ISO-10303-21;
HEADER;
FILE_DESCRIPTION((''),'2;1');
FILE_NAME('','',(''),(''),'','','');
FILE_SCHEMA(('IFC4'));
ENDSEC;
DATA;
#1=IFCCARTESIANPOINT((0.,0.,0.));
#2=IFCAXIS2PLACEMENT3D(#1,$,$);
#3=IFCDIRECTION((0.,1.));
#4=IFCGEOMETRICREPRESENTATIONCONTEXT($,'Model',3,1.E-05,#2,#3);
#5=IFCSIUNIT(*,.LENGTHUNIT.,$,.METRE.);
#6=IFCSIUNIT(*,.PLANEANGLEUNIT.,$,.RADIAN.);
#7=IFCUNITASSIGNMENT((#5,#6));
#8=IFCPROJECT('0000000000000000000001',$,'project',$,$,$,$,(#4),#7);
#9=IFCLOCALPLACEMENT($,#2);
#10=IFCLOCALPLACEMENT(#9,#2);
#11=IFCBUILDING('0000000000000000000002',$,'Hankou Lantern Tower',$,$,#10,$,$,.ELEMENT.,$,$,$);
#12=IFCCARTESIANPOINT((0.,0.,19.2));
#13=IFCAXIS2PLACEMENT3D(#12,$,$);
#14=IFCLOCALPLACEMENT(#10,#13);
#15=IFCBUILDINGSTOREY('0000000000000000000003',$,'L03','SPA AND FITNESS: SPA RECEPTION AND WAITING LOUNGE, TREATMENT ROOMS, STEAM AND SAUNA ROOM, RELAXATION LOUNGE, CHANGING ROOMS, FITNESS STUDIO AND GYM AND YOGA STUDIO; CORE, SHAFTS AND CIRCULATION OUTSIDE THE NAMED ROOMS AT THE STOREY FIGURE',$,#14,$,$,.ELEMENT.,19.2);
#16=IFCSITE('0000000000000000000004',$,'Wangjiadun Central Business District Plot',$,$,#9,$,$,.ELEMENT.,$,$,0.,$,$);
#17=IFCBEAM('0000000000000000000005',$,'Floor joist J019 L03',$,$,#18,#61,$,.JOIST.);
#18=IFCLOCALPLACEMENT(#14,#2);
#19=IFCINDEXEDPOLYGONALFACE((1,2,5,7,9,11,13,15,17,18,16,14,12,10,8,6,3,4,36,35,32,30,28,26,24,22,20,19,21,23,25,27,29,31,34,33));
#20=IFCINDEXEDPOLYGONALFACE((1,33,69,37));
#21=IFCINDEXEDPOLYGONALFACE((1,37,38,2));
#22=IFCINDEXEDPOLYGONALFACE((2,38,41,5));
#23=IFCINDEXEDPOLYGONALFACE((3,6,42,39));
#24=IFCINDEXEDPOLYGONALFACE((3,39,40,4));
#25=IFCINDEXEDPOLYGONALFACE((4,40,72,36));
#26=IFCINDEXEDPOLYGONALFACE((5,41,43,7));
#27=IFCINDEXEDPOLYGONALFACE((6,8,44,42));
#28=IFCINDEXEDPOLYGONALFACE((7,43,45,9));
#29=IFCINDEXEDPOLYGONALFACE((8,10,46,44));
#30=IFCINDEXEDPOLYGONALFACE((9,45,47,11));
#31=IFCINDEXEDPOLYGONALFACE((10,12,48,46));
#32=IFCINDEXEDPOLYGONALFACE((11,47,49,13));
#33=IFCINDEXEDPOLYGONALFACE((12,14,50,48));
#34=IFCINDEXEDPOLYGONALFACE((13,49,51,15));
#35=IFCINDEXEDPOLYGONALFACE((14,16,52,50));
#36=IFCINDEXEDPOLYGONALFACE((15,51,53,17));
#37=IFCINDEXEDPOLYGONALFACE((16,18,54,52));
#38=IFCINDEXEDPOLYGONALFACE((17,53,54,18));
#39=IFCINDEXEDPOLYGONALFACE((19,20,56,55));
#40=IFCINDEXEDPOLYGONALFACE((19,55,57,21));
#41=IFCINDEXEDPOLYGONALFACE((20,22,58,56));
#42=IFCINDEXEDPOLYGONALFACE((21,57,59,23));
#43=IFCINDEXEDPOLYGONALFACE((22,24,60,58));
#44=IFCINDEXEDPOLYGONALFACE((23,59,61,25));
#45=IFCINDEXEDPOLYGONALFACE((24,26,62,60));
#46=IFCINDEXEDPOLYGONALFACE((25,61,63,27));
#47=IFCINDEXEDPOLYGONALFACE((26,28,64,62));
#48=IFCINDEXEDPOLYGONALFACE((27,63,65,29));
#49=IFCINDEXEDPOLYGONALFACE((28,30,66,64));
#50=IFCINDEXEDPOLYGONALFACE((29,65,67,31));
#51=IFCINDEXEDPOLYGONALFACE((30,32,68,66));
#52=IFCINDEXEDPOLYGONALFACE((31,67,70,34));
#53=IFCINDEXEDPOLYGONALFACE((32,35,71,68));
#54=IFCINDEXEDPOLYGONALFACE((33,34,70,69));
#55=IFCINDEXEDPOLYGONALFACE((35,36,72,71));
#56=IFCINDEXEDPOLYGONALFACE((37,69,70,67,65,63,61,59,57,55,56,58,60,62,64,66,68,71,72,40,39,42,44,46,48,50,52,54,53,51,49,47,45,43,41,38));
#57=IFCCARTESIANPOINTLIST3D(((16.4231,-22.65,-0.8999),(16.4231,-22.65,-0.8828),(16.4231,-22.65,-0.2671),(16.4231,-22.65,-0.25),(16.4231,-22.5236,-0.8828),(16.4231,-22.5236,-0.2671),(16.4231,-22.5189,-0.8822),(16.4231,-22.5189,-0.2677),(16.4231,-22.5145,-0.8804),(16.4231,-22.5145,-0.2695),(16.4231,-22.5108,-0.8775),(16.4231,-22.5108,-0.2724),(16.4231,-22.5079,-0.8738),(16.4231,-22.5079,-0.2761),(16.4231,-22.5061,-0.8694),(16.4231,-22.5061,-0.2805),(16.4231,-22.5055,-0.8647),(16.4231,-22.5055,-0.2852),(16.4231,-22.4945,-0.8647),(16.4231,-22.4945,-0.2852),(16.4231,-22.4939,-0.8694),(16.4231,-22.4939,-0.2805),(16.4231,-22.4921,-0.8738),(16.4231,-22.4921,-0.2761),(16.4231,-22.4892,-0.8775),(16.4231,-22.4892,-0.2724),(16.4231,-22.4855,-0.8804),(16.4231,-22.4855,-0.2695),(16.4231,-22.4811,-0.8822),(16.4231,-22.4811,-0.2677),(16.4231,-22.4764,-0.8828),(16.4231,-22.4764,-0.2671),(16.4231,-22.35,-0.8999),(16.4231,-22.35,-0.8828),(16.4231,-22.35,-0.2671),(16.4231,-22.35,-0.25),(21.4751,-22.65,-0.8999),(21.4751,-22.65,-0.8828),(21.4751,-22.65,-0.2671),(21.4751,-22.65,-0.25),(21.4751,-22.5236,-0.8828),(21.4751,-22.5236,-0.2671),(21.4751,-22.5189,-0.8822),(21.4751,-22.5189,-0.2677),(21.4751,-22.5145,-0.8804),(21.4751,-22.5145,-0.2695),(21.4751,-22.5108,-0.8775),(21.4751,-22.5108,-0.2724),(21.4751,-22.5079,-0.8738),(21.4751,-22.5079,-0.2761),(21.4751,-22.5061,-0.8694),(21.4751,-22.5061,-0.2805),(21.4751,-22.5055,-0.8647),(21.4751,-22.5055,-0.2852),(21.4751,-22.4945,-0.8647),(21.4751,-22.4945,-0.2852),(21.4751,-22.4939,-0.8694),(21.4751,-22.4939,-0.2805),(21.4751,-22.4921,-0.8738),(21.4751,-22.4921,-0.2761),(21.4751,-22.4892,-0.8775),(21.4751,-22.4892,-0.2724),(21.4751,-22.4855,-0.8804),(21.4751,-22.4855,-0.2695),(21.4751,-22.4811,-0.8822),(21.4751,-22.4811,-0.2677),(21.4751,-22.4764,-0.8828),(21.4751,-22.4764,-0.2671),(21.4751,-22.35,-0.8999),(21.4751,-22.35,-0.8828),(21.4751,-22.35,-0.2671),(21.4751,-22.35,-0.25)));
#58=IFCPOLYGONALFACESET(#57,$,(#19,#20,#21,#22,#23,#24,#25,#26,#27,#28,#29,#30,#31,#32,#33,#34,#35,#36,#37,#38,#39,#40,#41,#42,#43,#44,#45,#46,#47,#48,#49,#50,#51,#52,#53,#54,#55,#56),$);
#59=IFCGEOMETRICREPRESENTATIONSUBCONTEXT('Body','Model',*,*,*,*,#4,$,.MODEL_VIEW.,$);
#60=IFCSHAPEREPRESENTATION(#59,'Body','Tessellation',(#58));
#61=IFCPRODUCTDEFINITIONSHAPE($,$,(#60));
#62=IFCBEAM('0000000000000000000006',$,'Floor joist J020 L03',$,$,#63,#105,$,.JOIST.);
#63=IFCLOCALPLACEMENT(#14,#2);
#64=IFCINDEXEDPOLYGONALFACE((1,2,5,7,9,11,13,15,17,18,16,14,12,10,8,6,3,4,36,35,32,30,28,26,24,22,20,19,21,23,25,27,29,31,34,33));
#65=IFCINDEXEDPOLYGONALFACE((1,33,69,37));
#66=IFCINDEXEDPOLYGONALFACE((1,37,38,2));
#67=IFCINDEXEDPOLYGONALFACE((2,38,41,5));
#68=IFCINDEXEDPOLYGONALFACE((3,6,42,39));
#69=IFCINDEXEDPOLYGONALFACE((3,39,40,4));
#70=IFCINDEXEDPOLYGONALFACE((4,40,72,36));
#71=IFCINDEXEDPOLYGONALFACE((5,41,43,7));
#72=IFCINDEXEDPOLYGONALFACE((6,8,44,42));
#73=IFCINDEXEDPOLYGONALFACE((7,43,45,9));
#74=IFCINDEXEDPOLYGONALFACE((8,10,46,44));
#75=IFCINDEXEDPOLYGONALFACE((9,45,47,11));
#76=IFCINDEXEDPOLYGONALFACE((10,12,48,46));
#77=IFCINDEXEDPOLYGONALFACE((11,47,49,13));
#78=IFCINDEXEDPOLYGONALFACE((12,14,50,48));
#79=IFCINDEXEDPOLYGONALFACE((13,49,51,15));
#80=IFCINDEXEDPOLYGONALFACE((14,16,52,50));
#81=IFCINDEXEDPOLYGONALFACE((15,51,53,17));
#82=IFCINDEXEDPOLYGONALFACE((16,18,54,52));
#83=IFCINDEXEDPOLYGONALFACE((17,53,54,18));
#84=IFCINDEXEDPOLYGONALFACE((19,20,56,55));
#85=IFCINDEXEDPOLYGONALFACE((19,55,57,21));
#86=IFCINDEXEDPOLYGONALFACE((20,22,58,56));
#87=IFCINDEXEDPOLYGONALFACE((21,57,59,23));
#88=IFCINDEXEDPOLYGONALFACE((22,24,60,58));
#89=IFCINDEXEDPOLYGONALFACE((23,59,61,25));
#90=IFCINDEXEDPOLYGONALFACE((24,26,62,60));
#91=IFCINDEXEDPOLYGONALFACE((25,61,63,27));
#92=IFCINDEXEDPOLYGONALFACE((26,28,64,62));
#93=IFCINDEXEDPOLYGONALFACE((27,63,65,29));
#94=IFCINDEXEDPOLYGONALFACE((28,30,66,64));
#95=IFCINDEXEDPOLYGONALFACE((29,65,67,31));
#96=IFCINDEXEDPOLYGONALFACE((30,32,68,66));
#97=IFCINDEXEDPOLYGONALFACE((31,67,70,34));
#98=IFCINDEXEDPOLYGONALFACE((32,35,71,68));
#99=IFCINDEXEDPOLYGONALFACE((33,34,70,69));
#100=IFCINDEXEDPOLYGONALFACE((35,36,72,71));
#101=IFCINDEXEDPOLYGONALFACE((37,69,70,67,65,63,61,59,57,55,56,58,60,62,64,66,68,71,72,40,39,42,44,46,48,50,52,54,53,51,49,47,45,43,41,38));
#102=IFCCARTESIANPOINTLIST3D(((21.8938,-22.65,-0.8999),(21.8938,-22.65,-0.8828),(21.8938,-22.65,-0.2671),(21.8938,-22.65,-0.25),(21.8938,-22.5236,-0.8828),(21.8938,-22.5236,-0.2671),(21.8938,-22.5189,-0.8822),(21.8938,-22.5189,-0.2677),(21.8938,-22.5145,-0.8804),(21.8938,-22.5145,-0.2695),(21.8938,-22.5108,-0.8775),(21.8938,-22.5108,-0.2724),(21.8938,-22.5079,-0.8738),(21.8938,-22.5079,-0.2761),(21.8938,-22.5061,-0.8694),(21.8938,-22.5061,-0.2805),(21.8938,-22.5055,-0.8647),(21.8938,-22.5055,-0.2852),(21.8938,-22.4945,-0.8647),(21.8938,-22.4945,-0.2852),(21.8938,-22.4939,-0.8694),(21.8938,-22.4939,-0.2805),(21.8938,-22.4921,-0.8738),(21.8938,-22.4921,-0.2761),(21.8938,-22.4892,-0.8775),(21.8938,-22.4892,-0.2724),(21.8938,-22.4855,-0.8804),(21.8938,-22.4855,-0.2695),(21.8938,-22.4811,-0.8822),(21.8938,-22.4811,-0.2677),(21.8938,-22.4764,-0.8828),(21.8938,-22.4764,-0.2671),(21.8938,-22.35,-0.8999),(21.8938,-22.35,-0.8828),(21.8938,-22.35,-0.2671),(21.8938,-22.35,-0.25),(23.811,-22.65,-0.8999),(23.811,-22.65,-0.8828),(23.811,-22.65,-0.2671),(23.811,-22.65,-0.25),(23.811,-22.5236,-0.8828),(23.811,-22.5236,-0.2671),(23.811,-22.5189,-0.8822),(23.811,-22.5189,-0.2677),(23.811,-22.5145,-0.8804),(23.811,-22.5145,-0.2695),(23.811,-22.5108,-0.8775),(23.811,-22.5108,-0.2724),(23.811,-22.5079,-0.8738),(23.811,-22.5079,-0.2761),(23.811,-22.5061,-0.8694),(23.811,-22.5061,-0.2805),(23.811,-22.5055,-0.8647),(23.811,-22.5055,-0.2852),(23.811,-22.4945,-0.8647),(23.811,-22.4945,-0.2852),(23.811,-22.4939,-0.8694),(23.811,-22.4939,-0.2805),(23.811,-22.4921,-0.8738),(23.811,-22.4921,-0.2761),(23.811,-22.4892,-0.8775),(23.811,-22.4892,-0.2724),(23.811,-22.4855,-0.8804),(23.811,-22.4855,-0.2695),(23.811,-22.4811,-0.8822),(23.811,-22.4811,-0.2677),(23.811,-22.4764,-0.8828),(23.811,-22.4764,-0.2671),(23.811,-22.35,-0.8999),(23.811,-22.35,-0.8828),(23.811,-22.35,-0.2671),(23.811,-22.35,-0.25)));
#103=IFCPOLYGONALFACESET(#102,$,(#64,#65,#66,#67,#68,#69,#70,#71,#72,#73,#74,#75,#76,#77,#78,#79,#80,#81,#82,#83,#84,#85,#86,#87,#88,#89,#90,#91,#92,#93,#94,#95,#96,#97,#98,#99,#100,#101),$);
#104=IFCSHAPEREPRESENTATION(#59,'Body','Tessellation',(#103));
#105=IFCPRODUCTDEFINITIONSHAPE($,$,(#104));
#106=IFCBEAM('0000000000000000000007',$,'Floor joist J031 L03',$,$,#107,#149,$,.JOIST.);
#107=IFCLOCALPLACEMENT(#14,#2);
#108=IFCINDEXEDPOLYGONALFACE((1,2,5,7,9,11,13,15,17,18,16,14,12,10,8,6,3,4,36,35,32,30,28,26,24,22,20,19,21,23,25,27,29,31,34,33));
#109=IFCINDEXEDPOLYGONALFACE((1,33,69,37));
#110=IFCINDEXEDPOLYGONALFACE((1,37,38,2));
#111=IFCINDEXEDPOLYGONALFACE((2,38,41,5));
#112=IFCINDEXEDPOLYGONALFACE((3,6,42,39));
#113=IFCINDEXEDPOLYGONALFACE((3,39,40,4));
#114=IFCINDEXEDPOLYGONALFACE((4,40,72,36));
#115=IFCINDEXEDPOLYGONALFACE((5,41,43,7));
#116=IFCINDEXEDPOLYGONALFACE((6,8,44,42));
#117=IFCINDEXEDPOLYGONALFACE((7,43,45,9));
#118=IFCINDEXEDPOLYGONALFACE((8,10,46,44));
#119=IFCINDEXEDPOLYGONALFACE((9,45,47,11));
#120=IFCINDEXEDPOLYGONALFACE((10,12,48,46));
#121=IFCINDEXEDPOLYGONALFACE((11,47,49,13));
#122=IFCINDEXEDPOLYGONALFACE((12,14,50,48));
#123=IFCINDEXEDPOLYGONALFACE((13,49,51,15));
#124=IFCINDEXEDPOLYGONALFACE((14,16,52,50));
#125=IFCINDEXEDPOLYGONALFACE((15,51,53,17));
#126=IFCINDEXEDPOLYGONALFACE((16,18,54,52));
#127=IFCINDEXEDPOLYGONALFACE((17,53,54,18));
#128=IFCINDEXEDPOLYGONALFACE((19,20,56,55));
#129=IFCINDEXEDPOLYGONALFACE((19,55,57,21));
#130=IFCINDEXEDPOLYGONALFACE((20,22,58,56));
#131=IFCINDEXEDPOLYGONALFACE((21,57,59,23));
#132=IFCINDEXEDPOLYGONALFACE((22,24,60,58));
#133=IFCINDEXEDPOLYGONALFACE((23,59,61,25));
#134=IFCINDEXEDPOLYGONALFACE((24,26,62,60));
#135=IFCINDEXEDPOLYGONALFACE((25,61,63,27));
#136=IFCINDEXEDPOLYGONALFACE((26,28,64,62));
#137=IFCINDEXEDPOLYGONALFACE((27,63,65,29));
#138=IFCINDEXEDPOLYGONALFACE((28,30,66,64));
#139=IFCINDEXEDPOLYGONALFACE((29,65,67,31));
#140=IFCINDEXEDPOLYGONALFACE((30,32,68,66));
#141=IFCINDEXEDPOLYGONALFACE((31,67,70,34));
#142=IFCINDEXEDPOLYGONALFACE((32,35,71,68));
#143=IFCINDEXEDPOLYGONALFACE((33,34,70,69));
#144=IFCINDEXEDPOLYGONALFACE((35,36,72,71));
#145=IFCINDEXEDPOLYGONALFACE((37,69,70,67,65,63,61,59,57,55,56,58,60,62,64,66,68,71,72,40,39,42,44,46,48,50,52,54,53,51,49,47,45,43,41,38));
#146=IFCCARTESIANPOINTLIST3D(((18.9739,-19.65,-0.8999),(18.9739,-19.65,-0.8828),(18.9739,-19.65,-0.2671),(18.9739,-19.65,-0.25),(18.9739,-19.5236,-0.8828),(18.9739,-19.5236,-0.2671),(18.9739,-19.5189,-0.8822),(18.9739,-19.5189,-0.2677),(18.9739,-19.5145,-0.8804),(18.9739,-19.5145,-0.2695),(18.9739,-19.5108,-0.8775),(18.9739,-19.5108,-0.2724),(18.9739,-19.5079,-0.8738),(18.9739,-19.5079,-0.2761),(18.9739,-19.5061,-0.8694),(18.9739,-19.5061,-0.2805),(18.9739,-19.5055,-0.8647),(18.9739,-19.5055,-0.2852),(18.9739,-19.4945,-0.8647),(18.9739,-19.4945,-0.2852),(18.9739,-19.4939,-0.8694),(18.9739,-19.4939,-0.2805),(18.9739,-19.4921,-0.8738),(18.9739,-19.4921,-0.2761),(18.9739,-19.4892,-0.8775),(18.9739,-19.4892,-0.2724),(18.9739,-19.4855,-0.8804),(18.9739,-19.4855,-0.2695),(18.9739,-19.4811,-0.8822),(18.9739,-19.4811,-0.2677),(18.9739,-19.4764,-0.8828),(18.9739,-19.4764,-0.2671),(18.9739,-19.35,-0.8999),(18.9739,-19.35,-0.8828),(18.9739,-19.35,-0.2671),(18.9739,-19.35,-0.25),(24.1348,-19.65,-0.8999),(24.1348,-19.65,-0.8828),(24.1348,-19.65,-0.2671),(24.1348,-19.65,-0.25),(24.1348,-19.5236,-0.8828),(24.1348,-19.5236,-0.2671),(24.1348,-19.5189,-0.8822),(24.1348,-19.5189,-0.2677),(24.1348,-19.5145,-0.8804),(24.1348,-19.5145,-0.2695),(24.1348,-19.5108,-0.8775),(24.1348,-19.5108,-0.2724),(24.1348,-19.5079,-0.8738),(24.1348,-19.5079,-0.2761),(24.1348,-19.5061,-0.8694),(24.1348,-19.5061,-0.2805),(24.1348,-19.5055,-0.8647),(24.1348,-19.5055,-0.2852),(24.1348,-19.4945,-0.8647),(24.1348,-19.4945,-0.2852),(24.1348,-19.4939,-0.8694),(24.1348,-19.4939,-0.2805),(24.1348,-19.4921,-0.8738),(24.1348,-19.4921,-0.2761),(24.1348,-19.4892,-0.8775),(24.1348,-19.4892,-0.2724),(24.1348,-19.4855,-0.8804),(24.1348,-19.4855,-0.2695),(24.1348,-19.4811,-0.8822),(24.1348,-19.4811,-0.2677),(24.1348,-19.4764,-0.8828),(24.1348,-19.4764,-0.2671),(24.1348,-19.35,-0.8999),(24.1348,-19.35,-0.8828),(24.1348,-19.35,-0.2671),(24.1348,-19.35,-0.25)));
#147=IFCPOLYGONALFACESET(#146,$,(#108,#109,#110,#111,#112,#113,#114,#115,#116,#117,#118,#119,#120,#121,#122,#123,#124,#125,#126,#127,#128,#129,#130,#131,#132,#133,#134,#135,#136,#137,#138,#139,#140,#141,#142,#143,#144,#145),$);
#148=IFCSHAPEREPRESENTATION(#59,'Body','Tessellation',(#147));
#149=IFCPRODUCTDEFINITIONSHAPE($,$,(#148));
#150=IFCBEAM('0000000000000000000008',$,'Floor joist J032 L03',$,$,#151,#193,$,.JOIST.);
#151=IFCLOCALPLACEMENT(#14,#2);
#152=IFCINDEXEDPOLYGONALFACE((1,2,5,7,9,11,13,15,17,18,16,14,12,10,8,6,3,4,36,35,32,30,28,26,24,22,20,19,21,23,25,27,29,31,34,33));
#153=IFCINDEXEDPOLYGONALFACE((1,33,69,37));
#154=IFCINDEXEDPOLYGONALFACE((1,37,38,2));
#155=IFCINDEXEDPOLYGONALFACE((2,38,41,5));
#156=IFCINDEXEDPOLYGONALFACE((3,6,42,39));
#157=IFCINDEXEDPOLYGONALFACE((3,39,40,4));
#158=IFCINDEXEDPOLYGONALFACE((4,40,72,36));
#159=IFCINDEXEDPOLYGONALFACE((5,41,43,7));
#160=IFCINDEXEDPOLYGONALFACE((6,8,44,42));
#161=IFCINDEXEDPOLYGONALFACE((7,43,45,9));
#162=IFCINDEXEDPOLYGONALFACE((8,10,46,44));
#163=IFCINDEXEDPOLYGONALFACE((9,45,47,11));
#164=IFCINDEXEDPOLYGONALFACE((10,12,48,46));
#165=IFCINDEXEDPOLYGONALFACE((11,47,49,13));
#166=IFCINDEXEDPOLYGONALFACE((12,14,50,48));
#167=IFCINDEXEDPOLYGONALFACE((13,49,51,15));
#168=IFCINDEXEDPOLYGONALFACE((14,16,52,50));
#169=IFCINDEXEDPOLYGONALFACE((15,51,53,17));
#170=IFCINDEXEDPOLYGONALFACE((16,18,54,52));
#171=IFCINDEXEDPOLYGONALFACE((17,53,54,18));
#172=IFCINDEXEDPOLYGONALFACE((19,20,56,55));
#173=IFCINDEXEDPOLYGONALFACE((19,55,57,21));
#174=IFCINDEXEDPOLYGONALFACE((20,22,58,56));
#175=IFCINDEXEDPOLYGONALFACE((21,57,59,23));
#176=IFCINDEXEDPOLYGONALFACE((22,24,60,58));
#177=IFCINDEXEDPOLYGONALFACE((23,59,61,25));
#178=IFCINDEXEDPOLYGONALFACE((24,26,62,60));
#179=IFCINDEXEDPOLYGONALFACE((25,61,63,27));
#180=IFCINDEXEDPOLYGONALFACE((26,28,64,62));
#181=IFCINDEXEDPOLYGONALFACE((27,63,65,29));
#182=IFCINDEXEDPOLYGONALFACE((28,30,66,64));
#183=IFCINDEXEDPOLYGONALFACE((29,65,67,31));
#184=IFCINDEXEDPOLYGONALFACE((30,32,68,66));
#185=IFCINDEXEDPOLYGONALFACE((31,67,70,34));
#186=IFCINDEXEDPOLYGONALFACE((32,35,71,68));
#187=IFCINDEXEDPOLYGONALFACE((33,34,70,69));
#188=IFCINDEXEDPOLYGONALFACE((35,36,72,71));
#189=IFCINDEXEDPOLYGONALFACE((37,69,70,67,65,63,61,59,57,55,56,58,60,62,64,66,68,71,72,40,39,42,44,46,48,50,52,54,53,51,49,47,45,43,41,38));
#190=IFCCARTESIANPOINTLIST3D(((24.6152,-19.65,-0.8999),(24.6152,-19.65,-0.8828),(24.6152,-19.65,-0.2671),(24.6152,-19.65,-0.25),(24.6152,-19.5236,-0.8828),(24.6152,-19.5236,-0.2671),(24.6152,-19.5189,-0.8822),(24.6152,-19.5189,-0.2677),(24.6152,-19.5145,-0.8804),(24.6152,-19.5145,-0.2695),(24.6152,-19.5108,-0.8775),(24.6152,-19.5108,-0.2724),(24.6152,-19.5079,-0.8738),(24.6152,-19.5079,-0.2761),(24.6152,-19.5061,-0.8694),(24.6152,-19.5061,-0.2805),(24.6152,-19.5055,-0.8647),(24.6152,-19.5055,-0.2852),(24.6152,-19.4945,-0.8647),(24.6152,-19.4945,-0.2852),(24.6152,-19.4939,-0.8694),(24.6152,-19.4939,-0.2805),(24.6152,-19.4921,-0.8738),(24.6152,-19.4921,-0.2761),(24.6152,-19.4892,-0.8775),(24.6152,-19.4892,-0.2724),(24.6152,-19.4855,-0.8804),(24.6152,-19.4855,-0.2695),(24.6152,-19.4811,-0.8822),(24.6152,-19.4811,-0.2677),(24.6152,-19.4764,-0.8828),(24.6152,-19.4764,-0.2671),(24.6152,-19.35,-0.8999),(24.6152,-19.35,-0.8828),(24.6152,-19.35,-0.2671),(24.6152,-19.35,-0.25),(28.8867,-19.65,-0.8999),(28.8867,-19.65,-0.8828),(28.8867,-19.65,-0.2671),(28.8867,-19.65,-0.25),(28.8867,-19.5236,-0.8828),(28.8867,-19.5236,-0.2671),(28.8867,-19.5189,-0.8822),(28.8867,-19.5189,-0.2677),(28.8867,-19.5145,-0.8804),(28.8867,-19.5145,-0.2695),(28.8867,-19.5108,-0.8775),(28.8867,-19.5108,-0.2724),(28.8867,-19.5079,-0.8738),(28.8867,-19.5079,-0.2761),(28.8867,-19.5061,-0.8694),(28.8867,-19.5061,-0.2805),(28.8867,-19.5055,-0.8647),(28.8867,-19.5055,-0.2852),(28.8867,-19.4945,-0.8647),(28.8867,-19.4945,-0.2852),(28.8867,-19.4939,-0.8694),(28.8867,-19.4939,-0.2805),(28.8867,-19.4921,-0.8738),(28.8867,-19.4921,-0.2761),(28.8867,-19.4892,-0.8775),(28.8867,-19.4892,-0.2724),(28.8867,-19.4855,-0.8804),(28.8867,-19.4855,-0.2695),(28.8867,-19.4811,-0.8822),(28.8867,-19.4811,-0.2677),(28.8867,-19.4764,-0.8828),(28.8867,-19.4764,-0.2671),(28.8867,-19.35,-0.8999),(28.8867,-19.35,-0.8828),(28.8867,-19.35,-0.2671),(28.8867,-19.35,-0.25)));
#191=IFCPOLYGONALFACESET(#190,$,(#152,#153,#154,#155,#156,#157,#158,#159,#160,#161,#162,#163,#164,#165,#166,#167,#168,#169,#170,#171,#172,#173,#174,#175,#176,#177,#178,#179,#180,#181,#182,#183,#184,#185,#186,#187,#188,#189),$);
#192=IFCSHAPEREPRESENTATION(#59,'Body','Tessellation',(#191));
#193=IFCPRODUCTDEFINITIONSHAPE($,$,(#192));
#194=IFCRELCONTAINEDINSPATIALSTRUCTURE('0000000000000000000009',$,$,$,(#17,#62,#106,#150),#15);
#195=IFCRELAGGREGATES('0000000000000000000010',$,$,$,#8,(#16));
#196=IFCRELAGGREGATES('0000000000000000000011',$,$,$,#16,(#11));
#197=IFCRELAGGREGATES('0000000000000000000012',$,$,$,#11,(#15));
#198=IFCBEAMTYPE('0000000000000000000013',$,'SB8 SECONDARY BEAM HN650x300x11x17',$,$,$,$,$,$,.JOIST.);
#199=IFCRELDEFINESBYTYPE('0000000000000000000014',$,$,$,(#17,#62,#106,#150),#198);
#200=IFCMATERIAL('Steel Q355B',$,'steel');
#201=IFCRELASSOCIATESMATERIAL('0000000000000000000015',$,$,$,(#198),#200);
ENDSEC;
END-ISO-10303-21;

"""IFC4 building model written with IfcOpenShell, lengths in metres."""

from ifc_helpers import new_model, si_unit, direction, frame, origin, origin_2d, place, context, subcontext, project, spatial, i_section, extrude, material, material_profile, profile_set, type_object, element, save


model = new_model("IFC4")

# Units and contexts
model_context = context("Model", 3, precision=1e-05, world=origin(), true_north=direction((0.0, 1.0)))
body_context = subcontext(model_context, "Body", "Model", "MODEL_VIEW")
ifc_project = project(units=[si_unit("LENGTHUNIT", "METRE"), si_unit("PLANEANGLEUNIT", "RADIAN")], contexts=[model_context])

# Site, building, storey
site_placement = place(None, origin())
site = spatial("IfcSite", under=ifc_project, at=site_placement, Name="Wangjiadun Central Business District Plot", CompositionType="ELEMENT", RefElevation=0.0)
building_placement = place(site_placement, origin())
building = spatial("IfcBuilding", under=site, at=building_placement, Name="Hankou Lantern Tower", CompositionType="ELEMENT")
storey_placement = place(building_placement, frame((0.0, 0.0, 19.2)))
storey = spatial("IfcBuildingStorey", under=building, at=storey_placement, Name="L03", Description="SPA AND FITNESS: SPA RECEPTION AND WAITING LOUNGE, TREATMENT ROOMS, STEAM AND SAUNA ROOM, RELAXATION LOUNGE, CHANGING ROOMS, FITNESS STUDIO AND GYM AND YOGA STUDIO; CORE, SHAFTS AND CIRCULATION OUTSIDE THE NAMED ROOMS AT THE STOREY FIGURE", CompositionType="ELEMENT", Elevation=19.2)

# Beams
ifc_material_1 = material(Name="Steel Q355B", Category="steel")
ifc_material_profile_1 = material_profile(ifc_material_1, i_section(OverallWidth=0.3, OverallDepth=0.6499, WebThickness=0.011, FlangeThickness=0.0171, FilletRadius=0.0181, at=origin_2d()), Name="HN650x300x11x17")
ifc_profile_set_1 = profile_set([ifc_material_profile_1], Name="Steel Q355B")
beam_type_1 = type_object("IfcBeamType", Name="SB8 SECONDARY BEAM HN650x300x11x17", PredefinedType="JOIST", material=ifc_profile_set_1)
beam_1_placement = place(storey_placement, frame((16.4231, -22.5, -0.575), z_axis=(1.0, 0.0, 0.0), x_axis=(0.0, 1.0, 0.0)))
element("IfcBeam", 1, at=beam_1_placement, inside=storey, type_object=beam_type_1, Name="Floor joist J019 L03", PredefinedType="JOIST", context=body_context, shape_type="SweptSolid", body=[
    extrude(i_section(OverallWidth=0.3, OverallDepth=0.6499, WebThickness=0.011, FlangeThickness=0.0171, FilletRadius=0.0181, at=origin_2d()), origin(), (0.0, 0.0, 1.0), 5.052),
])
beam_2_placement = place(storey_placement, frame((21.8938, -22.5, -0.575), z_axis=(1.0, 0.0, 0.0), x_axis=(0.0, 1.0, 0.0)))
element("IfcBeam", 2, at=beam_2_placement, inside=storey, type_object=beam_type_1, Name="Floor joist J020 L03", PredefinedType="JOIST", context=body_context, shape_type="SweptSolid", body=[
    extrude(i_section(OverallWidth=0.3, OverallDepth=0.6499, WebThickness=0.011, FlangeThickness=0.0171, FilletRadius=0.0181, at=origin_2d()), origin(), (0.0, 0.0, 1.0), 1.9172),
])
beam_3_placement = place(storey_placement, frame((18.9739, -19.5, -0.575), z_axis=(1.0, 0.0, 0.0), x_axis=(0.0, 1.0, 0.0)))
element("IfcBeam", 3, at=beam_3_placement, inside=storey, type_object=beam_type_1, Name="Floor joist J031 L03", PredefinedType="JOIST", context=body_context, shape_type="SweptSolid", body=[
    extrude(i_section(OverallWidth=0.3, OverallDepth=0.6499, WebThickness=0.011, FlangeThickness=0.0171, FilletRadius=0.0181, at=origin_2d()), origin(), (0.0, 0.0, 1.0), 5.1609),
])
beam_4_placement = place(storey_placement, frame((24.6152, -19.5, -0.575), z_axis=(1.0, 0.0, 0.0), x_axis=(0.0, 1.0, 0.0)))
element("IfcBeam", 4, at=beam_4_placement, inside=storey, type_object=beam_type_1, Name="Floor joist J032 L03", PredefinedType="JOIST", context=body_context, shape_type="SweptSolid", body=[
    extrude(i_section(OverallWidth=0.3, OverallDepth=0.6499, WebThickness=0.011, FlangeThickness=0.0171, FilletRadius=0.0181, at=origin_2d()), origin(), (0.0, 0.0, 1.0), 4.2715),
])

save(model, "model.ifc")
